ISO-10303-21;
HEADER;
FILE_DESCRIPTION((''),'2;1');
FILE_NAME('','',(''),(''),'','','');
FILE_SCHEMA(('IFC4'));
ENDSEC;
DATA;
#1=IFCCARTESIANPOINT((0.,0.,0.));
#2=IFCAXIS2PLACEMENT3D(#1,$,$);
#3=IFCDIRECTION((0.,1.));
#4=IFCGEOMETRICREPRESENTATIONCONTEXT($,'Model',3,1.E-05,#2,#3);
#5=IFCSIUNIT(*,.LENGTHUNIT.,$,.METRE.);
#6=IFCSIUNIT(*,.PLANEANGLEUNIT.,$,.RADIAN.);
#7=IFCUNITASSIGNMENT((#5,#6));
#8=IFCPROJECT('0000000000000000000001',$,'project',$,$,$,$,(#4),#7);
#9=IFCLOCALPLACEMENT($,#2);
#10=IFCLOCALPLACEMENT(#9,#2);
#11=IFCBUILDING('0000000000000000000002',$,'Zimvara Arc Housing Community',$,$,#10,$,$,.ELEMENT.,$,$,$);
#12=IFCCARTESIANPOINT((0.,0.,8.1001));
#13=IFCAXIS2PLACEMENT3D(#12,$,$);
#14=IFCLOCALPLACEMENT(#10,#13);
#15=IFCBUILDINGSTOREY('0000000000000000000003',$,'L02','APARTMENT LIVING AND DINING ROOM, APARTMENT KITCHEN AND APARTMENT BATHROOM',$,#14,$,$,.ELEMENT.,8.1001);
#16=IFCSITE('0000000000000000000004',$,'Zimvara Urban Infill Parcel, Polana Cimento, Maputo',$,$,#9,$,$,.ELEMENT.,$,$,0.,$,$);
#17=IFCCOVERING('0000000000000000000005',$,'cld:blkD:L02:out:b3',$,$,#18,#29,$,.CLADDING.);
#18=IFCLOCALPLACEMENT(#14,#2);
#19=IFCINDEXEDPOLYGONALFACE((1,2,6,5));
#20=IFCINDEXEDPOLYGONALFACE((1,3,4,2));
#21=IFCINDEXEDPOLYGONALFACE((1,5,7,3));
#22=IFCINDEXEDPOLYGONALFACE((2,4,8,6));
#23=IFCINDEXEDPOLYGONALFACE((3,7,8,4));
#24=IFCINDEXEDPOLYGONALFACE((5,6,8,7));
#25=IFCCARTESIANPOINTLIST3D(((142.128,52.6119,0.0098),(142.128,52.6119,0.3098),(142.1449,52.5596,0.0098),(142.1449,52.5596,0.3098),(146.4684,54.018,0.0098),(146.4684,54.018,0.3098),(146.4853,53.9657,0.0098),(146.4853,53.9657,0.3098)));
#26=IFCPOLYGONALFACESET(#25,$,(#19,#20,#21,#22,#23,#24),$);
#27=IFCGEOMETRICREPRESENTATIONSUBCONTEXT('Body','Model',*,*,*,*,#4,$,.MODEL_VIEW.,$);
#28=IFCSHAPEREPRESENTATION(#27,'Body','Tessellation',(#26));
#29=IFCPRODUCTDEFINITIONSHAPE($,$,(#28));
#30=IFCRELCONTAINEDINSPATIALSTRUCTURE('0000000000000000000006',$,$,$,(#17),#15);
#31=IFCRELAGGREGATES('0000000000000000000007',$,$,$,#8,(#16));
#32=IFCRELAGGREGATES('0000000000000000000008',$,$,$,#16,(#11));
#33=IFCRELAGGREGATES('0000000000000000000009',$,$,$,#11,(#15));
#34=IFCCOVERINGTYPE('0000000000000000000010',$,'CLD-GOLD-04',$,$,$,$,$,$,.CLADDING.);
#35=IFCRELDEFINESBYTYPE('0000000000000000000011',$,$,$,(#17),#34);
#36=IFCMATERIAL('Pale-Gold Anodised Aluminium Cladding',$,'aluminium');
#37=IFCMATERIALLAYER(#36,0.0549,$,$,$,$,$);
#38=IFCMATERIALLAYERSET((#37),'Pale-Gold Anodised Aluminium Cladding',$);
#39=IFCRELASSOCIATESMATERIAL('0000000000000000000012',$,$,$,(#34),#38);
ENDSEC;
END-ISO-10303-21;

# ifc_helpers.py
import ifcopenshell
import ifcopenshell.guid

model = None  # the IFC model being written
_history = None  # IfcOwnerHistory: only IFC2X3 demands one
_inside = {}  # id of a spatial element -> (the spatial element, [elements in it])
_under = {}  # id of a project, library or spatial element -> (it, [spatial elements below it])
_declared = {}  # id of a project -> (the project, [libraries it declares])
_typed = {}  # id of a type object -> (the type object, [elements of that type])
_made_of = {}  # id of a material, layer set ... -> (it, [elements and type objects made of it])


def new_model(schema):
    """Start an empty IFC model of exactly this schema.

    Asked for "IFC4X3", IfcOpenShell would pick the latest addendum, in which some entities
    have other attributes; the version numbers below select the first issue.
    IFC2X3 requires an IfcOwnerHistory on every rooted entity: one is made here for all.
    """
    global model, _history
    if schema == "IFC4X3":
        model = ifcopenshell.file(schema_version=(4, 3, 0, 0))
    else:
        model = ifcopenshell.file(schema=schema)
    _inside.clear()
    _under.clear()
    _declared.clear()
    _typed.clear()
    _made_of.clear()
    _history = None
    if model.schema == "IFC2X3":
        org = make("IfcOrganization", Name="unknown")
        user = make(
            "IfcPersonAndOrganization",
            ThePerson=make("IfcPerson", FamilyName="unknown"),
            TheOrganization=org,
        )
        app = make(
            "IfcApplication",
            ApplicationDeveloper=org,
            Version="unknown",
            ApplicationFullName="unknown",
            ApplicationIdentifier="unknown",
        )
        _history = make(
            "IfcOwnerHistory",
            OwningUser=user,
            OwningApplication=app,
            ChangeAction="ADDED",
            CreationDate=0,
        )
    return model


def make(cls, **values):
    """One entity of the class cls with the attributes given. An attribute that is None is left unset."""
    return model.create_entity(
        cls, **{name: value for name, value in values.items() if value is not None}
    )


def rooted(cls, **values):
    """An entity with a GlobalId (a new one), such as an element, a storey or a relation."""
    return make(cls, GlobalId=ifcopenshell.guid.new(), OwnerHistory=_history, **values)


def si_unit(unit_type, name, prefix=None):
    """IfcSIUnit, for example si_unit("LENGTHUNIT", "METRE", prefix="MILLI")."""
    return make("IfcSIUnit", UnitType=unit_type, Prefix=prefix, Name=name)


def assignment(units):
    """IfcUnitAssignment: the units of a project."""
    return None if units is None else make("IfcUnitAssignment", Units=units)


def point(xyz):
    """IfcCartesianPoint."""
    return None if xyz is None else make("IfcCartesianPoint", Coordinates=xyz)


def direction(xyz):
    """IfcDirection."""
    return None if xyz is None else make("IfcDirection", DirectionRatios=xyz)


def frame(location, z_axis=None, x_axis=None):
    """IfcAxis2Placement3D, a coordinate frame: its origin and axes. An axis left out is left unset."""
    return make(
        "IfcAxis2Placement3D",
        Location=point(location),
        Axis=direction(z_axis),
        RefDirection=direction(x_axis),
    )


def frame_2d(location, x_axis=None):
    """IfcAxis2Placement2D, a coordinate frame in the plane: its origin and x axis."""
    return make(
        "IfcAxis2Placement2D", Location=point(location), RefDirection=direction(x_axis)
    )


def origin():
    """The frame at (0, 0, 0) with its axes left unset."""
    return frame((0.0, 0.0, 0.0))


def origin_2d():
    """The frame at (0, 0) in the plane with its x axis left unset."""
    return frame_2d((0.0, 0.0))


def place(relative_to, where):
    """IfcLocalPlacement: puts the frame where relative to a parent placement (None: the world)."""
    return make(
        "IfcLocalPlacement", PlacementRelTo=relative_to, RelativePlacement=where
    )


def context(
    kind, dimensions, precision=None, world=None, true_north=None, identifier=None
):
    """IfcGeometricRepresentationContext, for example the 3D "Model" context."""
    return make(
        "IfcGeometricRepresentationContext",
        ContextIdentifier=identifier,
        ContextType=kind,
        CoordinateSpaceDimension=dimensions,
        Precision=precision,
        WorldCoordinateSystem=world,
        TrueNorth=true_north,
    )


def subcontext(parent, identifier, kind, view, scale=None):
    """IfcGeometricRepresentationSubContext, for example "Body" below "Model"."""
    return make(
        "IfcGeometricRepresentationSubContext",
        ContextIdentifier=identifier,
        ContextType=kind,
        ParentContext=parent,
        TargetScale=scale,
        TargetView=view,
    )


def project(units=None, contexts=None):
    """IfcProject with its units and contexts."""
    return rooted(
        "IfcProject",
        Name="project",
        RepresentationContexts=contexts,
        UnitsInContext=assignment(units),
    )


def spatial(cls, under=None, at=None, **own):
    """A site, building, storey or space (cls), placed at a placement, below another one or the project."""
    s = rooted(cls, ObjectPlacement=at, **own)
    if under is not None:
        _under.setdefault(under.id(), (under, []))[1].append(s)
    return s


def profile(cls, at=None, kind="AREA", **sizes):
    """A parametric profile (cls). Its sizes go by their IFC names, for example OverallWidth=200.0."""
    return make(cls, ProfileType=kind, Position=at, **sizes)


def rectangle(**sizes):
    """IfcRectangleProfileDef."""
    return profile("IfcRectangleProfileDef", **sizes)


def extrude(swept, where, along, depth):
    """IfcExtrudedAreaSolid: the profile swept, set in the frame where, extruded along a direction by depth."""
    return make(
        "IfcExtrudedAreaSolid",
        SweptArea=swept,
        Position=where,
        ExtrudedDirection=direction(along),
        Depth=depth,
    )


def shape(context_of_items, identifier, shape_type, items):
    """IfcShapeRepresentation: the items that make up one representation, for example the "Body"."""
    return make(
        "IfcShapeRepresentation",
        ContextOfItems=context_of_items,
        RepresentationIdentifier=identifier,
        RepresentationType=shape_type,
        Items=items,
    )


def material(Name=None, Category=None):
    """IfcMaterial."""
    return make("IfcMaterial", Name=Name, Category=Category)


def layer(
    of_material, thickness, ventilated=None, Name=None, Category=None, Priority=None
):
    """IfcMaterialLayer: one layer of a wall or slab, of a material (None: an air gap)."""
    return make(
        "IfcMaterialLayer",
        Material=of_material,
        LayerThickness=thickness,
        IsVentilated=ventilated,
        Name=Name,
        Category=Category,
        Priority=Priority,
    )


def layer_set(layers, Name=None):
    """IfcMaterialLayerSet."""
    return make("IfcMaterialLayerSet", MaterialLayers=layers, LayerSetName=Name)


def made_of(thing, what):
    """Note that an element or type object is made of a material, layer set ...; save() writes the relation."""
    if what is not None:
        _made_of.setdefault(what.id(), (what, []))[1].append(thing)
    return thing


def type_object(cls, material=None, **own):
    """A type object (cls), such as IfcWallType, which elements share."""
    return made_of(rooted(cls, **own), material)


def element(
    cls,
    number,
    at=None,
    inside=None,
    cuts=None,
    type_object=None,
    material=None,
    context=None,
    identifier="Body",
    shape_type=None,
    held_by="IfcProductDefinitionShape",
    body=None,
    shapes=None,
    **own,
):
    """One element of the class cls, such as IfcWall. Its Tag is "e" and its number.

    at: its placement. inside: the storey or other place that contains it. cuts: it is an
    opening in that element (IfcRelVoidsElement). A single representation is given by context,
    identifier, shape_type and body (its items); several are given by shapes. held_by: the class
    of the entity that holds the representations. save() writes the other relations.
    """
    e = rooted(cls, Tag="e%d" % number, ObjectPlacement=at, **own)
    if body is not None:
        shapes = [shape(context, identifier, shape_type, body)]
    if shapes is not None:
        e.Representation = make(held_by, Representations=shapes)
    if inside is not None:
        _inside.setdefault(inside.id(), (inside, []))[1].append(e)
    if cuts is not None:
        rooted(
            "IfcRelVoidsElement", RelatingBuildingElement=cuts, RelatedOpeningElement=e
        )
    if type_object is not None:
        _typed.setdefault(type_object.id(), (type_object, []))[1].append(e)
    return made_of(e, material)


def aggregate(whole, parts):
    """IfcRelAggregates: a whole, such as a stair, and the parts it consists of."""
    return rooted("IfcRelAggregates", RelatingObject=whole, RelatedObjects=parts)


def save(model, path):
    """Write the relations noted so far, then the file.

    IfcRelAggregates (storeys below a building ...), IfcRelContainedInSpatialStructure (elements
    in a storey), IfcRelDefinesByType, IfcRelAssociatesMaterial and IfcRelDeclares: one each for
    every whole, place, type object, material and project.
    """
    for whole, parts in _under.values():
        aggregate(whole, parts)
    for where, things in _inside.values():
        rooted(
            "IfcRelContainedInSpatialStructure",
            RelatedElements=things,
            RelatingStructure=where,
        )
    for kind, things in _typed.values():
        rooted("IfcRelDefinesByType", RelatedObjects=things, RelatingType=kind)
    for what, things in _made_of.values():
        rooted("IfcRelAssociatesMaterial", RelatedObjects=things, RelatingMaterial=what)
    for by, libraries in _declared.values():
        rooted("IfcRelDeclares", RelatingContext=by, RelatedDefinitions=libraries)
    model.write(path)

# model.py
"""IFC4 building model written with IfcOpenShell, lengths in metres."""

from ifc_helpers import new_model, si_unit, direction, frame, origin, origin_2d, place, context, subcontext, project, spatial, rectangle, extrude, material, layer, layer_set, type_object, element, save


model = new_model("IFC4")

# Units and contexts
model_context = context("Model", 3, precision=1e-05, world=origin(), true_north=direction((0.0, 1.0)))
body_context = subcontext(model_context, "Body", "Model", "MODEL_VIEW")
ifc_project = project(units=[si_unit("LENGTHUNIT", "METRE"), si_unit("PLANEANGLEUNIT", "RADIAN")], contexts=[model_context])

# Site, building, storey
site_placement = place(None, origin())
site = spatial("IfcSite", under=ifc_project, at=site_placement, Name="Zimvara Urban Infill Parcel, Polana Cimento, Maputo", CompositionType="ELEMENT", RefElevation=0.0)
building_placement = place(site_placement, origin())
building = spatial("IfcBuilding", under=site, at=building_placement, Name="Zimvara Arc Housing Community", CompositionType="ELEMENT")
storey_placement = place(building_placement, frame((0.0, 0.0, 8.1001)))
storey = spatial("IfcBuildingStorey", under=building, at=storey_placement, Name="L02", Description="APARTMENT LIVING AND DINING ROOM, APARTMENT KITCHEN AND APARTMENT BATHROOM", CompositionType="ELEMENT", Elevation=8.1001)

# Covering
ifc_material_1 = material(Name="Pale-Gold Anodised Aluminium Cladding", Category="aluminium")
ifc_layer_1 = layer(ifc_material_1, 0.0549)
ifc_layer_set_1 = layer_set([ifc_layer_1], Name="Pale-Gold Anodised Aluminium Cladding")
covering_type_1 = type_object("IfcCoveringType", Name="CLD-GOLD-04", PredefinedType="CLADDING", material=ifc_layer_set_1)
covering_1_placement = place(storey_placement, frame((144.3066, 53.2888, 0.0098), z_axis=(0.0, 0.0, 1.0), x_axis=(0.951326, 0.308187, 0.0)))
element("IfcCovering", 1, at=covering_1_placement, inside=storey, type_object=covering_type_1, Name="cld:blkD:L02:out:b3", PredefinedType="CLADDING", context=body_context, shape_type="SweptSolid", body=[
    extrude(rectangle(XDim=4.5625, YDim=0.0549, at=origin_2d()), origin(), (0.0, 0.0, 1.0), 0.3),
])

save(model, "model.ifc")
